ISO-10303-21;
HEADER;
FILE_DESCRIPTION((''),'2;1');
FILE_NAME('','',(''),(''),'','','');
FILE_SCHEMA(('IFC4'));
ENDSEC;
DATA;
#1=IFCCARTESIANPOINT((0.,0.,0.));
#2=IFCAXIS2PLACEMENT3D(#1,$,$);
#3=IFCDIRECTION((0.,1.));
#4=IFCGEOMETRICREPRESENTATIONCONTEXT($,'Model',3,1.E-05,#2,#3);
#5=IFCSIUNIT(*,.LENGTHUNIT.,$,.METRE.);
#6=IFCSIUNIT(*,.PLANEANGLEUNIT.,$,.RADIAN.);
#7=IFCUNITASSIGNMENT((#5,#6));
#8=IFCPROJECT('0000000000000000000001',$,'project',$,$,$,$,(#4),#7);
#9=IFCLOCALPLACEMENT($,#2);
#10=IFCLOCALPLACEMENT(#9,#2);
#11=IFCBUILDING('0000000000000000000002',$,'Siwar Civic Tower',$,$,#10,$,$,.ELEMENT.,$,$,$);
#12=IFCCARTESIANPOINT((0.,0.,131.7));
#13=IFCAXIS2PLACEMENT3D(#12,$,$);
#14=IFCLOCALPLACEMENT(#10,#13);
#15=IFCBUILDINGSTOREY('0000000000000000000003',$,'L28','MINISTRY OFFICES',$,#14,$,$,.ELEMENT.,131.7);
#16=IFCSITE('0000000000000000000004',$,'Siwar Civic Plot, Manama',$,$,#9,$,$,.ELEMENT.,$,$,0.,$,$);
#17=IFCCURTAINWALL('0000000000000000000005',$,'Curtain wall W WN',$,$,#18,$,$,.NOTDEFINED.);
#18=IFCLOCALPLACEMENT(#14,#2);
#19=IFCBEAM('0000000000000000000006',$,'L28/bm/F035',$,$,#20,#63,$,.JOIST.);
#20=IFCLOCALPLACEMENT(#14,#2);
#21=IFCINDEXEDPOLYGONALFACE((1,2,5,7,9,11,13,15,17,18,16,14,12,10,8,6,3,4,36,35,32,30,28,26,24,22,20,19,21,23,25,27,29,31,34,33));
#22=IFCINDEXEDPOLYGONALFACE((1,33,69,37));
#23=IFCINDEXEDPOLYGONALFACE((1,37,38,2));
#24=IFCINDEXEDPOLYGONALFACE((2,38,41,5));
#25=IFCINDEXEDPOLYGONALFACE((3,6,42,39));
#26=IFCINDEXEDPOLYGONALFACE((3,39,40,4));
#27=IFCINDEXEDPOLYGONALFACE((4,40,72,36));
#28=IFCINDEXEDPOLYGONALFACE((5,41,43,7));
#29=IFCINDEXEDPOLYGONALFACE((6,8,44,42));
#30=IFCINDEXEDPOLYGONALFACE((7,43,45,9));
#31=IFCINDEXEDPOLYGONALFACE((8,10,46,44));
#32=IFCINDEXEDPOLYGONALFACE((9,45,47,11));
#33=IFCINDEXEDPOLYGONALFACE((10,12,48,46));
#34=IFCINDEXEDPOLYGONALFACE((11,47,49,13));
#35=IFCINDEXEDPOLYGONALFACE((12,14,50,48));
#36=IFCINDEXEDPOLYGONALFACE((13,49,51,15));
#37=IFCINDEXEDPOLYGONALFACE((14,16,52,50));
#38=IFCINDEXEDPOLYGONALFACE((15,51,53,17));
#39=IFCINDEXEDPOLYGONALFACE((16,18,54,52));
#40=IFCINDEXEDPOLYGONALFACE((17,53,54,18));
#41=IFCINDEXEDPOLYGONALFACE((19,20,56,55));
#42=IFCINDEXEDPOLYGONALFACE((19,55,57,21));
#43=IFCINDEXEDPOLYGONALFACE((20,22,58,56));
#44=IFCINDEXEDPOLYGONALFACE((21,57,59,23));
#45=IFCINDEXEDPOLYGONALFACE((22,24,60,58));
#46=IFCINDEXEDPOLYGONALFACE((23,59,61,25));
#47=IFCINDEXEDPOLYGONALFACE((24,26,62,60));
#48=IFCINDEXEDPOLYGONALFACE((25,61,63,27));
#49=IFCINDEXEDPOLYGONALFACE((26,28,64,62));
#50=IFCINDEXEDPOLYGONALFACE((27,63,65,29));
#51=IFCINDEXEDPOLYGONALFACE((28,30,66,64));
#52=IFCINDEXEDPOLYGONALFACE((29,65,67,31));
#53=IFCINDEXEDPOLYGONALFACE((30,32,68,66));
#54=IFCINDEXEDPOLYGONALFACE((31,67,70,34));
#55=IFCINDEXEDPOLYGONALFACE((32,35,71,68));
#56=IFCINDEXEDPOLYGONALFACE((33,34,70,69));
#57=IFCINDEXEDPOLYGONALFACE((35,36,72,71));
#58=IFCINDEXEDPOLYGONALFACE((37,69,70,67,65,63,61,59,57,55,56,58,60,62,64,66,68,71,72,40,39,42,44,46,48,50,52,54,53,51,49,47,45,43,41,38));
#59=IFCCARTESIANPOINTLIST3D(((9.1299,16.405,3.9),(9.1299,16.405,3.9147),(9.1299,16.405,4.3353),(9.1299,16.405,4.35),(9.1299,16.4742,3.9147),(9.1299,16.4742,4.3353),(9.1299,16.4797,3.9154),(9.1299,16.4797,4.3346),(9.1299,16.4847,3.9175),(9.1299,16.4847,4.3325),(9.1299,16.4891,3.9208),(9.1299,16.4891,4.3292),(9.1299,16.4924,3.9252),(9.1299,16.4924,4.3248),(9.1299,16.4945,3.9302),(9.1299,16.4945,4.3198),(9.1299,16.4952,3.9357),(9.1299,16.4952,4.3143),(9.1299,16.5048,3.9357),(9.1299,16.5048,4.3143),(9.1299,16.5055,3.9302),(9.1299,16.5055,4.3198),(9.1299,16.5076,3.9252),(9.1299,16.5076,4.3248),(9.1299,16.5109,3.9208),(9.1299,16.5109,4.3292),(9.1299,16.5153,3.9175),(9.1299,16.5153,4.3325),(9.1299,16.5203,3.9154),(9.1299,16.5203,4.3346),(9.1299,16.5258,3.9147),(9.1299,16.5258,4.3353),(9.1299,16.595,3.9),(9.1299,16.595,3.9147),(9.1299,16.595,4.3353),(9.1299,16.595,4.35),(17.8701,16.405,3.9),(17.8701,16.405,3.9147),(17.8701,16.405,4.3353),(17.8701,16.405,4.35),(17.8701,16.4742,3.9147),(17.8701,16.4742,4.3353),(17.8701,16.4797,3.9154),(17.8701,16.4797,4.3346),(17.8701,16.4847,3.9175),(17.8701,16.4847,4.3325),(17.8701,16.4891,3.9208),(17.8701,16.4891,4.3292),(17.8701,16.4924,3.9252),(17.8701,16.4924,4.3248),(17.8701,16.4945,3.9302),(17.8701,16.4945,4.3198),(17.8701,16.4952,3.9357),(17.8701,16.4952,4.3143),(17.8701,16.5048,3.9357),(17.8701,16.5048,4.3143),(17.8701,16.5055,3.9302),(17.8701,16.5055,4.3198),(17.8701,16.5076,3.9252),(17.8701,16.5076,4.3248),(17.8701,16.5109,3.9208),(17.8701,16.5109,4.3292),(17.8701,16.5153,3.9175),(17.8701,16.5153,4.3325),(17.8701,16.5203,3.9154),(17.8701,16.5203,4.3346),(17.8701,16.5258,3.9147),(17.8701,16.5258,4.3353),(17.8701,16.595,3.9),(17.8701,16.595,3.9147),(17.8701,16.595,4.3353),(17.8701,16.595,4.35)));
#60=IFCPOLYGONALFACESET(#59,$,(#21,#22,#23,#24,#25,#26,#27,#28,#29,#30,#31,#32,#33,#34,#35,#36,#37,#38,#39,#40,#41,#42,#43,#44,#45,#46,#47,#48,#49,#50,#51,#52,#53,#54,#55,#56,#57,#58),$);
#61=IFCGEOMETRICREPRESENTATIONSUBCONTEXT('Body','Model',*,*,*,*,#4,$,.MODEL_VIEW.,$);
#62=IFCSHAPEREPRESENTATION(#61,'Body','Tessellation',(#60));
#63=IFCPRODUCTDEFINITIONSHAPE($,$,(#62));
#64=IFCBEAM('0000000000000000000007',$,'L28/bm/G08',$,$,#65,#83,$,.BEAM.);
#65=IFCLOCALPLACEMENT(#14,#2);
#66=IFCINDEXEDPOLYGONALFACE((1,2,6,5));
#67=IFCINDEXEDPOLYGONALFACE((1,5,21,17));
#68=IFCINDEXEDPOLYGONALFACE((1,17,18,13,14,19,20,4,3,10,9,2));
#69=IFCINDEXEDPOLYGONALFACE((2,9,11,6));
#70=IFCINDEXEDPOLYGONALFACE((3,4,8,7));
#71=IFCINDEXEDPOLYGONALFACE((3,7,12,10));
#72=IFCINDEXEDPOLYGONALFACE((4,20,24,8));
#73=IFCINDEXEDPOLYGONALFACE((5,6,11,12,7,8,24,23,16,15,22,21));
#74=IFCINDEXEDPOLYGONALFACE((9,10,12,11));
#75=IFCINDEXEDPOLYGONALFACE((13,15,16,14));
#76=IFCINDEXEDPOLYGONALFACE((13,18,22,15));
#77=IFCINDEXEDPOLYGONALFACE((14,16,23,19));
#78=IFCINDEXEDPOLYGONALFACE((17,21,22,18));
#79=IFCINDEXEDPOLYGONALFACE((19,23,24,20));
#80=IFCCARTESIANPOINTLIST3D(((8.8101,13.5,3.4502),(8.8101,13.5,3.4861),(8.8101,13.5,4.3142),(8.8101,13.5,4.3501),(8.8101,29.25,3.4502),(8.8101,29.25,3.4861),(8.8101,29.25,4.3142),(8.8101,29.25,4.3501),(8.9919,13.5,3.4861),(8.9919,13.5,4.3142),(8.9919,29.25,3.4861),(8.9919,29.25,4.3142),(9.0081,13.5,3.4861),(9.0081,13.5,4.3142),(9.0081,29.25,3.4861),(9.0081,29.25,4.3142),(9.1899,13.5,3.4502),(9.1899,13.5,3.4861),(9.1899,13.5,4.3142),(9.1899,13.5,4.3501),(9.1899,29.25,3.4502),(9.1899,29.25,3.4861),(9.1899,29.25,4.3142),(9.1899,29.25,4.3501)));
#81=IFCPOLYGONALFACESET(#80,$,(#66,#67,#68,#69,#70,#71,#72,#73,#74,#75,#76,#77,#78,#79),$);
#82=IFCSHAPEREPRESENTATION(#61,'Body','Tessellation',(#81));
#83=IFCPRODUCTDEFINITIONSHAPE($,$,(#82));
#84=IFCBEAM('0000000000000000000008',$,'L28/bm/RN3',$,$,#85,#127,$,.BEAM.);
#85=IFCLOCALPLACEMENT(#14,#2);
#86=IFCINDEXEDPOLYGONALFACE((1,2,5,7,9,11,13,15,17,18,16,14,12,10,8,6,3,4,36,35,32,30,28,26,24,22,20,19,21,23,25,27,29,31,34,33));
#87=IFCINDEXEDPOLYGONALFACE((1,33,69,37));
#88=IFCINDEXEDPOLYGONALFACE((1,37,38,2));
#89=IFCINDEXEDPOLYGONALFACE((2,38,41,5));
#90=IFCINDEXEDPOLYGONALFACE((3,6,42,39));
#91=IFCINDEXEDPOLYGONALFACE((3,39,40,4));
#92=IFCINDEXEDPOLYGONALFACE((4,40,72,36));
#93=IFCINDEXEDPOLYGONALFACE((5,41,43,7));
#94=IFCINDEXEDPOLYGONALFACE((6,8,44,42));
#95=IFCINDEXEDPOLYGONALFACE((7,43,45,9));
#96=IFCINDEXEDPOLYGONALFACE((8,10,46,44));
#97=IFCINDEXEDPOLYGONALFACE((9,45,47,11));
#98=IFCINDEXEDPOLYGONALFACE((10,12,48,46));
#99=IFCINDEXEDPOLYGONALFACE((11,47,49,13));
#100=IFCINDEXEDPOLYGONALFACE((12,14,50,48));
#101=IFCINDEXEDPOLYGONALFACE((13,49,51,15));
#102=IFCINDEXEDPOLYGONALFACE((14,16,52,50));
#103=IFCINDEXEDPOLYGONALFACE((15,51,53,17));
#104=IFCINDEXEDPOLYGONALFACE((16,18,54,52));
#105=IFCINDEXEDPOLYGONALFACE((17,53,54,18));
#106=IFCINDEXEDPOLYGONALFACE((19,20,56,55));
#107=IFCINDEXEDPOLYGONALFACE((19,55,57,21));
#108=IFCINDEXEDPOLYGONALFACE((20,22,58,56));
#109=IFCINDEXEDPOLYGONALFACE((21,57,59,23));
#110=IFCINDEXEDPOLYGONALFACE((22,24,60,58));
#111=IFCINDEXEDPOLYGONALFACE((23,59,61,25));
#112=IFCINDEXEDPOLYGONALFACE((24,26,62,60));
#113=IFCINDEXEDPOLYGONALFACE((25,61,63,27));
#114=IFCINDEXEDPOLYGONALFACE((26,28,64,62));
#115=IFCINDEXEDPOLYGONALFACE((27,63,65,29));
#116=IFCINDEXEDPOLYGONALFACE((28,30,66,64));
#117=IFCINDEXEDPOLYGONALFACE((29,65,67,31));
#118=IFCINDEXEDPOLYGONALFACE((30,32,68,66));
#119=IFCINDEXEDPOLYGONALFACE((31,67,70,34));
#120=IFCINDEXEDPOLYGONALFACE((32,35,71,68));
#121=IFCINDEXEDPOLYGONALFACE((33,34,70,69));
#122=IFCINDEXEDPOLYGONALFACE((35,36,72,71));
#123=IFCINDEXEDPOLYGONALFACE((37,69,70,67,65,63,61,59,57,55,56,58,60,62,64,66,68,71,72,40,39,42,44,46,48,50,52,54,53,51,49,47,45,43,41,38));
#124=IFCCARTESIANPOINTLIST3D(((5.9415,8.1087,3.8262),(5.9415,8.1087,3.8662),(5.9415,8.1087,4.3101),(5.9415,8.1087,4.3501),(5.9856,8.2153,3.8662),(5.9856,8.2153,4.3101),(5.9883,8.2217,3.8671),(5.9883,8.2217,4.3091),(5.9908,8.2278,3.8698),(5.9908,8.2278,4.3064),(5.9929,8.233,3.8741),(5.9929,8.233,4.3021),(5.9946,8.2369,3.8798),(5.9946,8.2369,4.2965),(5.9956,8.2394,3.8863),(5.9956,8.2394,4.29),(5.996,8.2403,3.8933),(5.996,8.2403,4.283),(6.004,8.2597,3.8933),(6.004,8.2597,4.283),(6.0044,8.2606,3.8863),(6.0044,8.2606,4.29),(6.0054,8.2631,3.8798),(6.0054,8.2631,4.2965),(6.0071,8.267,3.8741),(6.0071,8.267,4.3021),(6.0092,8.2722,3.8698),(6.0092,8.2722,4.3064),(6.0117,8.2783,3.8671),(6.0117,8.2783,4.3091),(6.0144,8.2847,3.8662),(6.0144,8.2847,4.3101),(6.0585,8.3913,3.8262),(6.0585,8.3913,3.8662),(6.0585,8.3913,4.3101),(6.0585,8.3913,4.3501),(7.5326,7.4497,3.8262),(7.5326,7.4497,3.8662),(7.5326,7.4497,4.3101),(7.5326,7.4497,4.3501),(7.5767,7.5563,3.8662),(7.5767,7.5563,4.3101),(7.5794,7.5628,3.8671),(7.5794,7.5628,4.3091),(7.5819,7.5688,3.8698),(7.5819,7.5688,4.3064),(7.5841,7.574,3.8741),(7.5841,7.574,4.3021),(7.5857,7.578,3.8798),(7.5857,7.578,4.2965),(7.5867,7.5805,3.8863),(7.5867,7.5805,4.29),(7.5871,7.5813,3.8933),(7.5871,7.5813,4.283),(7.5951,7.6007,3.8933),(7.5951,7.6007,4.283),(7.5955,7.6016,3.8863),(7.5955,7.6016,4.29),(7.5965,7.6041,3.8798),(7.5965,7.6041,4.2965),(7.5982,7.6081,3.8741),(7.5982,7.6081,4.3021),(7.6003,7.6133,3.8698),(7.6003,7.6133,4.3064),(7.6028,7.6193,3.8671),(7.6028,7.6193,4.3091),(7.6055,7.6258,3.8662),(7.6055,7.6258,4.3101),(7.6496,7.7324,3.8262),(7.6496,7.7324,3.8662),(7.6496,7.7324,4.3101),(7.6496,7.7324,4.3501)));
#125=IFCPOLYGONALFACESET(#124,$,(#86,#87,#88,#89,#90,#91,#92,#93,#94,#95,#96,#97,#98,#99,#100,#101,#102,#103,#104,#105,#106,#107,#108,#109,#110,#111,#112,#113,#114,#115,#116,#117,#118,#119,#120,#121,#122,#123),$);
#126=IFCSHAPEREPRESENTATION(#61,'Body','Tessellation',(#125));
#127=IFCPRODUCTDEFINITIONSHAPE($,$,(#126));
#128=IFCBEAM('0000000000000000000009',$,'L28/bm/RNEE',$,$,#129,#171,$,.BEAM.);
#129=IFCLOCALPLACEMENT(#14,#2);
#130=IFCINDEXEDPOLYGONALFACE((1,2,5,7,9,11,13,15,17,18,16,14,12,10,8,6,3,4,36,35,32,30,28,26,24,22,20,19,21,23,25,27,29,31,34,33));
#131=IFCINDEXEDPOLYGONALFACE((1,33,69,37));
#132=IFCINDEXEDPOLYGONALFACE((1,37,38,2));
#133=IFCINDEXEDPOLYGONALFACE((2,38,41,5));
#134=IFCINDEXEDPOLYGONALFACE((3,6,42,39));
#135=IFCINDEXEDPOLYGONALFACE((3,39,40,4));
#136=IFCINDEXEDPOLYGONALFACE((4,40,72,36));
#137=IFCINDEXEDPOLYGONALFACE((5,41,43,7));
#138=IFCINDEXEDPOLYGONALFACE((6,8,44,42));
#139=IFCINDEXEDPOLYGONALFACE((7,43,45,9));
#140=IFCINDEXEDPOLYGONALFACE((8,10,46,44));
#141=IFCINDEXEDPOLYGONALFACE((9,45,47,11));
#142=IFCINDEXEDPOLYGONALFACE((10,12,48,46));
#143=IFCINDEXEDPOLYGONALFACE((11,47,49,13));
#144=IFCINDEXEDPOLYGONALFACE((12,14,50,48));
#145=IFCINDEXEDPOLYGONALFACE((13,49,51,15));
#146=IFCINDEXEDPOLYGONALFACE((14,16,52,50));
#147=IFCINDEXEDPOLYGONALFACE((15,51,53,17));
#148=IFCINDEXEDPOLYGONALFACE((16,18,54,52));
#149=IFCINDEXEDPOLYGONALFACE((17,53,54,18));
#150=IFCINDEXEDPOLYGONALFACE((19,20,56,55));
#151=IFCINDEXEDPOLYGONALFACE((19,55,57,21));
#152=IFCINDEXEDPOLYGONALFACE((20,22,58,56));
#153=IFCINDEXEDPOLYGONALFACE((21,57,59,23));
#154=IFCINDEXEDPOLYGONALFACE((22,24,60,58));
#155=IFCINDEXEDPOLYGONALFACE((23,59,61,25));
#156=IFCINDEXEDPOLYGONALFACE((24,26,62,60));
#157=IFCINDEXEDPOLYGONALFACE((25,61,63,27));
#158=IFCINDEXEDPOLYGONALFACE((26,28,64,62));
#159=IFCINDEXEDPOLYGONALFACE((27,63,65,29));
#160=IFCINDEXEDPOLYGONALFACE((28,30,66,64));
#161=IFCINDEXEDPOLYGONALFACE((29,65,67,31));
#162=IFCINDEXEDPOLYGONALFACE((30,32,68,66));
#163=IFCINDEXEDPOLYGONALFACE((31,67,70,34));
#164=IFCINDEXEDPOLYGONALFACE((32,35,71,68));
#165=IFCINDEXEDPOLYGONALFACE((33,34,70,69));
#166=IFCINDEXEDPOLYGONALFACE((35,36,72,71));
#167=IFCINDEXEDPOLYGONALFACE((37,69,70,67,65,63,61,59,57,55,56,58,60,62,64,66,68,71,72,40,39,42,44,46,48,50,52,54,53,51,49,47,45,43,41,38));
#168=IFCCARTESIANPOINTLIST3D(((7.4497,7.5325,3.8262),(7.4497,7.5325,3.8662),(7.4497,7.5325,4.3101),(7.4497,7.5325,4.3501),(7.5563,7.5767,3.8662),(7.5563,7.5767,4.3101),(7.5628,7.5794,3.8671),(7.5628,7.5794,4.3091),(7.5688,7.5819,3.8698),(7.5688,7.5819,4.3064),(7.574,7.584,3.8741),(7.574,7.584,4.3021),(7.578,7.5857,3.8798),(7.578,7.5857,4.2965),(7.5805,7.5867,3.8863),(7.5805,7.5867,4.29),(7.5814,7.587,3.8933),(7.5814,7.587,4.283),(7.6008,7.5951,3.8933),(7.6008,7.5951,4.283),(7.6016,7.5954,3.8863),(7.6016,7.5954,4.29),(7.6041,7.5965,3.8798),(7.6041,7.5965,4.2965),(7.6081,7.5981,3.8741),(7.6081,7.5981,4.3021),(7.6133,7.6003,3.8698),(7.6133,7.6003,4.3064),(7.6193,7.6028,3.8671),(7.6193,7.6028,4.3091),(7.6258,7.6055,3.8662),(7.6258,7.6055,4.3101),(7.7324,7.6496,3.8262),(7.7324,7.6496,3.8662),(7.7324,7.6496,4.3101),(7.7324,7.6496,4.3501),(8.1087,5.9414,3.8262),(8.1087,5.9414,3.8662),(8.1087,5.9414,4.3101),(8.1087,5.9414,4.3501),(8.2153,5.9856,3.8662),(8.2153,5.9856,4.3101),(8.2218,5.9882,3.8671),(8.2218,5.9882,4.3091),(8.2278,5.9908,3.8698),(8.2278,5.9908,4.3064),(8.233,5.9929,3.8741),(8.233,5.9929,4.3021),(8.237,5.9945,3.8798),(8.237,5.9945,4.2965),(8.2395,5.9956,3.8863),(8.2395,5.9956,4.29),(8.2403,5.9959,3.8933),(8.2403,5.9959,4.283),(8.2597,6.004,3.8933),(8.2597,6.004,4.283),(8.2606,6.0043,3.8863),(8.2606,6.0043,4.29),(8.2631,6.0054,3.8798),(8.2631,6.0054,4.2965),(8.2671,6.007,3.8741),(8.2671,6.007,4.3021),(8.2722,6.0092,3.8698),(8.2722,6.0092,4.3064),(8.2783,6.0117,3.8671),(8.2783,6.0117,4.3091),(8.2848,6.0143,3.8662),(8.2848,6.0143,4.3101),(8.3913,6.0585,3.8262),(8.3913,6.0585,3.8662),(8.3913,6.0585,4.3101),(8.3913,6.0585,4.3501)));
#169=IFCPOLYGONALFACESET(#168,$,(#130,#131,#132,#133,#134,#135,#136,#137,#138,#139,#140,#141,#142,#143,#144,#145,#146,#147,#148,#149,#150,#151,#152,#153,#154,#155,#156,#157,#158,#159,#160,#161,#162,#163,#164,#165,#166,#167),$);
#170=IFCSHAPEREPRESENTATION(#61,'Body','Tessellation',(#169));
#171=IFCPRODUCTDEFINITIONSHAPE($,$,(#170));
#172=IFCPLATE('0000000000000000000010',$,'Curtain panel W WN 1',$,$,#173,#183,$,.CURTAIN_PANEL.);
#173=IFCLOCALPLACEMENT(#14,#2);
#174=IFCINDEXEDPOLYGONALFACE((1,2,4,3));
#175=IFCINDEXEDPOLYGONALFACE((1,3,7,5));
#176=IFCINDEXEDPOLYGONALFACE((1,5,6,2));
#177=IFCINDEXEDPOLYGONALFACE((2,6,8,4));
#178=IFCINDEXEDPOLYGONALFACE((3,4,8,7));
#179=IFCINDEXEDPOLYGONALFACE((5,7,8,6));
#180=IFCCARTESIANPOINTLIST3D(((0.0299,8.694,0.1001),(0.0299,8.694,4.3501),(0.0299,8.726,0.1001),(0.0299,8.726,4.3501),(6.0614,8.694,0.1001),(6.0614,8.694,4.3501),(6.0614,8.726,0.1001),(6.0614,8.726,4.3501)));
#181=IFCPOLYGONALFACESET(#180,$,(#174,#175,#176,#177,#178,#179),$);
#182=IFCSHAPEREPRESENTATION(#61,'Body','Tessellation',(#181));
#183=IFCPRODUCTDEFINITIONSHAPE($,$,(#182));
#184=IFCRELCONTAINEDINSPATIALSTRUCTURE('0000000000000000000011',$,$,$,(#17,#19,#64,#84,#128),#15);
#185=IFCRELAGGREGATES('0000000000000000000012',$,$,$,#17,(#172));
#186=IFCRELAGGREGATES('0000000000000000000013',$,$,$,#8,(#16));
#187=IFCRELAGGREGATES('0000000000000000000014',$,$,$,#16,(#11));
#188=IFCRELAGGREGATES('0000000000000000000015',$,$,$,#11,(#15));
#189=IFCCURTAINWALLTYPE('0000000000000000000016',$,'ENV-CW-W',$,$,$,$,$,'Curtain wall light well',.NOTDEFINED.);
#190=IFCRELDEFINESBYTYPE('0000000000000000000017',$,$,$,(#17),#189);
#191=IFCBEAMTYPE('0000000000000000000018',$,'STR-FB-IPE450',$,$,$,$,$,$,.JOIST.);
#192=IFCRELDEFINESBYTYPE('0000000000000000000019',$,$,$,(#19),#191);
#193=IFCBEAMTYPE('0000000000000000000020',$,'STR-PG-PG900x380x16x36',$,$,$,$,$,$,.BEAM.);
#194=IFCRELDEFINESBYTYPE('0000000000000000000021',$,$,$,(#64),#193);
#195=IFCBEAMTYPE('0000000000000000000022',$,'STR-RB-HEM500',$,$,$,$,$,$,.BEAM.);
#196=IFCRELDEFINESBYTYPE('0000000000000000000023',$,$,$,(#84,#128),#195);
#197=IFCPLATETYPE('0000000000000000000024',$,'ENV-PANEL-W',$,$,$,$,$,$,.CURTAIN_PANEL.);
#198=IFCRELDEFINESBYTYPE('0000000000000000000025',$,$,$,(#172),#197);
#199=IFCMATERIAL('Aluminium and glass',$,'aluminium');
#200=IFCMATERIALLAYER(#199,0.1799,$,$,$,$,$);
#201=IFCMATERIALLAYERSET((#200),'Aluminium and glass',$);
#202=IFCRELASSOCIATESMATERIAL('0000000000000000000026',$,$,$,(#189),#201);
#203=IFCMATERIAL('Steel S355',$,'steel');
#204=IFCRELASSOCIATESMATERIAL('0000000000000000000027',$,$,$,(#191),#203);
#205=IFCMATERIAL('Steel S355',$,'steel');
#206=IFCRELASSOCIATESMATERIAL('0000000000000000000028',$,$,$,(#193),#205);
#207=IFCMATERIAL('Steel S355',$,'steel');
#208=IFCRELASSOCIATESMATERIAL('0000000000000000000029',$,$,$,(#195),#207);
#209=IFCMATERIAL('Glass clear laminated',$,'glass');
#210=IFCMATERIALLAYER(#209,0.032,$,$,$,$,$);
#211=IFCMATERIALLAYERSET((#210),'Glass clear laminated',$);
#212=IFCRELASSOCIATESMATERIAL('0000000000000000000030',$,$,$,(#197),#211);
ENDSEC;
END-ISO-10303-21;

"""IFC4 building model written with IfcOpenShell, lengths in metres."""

from ifc_helpers import new_model, si_unit, direction, frame, origin, origin_2d, place, context, subcontext, project, spatial, rectangle, i_section, extrude, material, layer, layer_set, material_profile, profile_set, type_object, element, aggregate, save


model = new_model("IFC4")

# Units and contexts
model_context = context("Model", 3, precision=1e-05, world=origin(), true_north=direction((0.0, 1.0)))
body_context = subcontext(model_context, "Body", "Model", "MODEL_VIEW")
ifc_project = project(units=[si_unit("LENGTHUNIT", "METRE"), si_unit("PLANEANGLEUNIT", "RADIAN")], contexts=[model_context])

# Site, building, storey
site_placement = place(None, origin())
site = spatial("IfcSite", under=ifc_project, at=site_placement, Name="Siwar Civic Plot, Manama", CompositionType="ELEMENT", RefElevation=0.0)
building_placement = place(site_placement, origin())
building = spatial("IfcBuilding", under=site, at=building_placement, Name="Siwar Civic Tower", CompositionType="ELEMENT")
storey_placement = place(building_placement, frame((0.0, 0.0, 131.7)))
storey = spatial("IfcBuildingStorey", under=building, at=storey_placement, Name="L28", Description="MINISTRY OFFICES", CompositionType="ELEMENT", Elevation=131.7)

# Curtain wall
ifc_material_1 = material(Name="Aluminium and glass", Category="aluminium")
ifc_layer_1 = layer(ifc_material_1, 0.1799)
ifc_layer_set_1 = layer_set([ifc_layer_1], Name="Aluminium and glass")
curtain_wall_type = type_object("IfcCurtainWallType", Name="ENV-CW-W", ElementType="Curtain wall light well", PredefinedType="NOTDEFINED", material=ifc_layer_set_1)
curtain_wall_placement = place(storey_placement, origin())
curtain_wall = element("IfcCurtainWall", 1, at=curtain_wall_placement, inside=storey, type_object=curtain_wall_type, Name="Curtain wall W WN", PredefinedType="NOTDEFINED")

# Beams
ifc_material_2 = material(Name="Steel S355", Category="steel")
ifc_material_profile_1 = material_profile(ifc_material_2, i_section(OverallWidth=0.1899, OverallDepth=0.45, WebThickness=0.0095, FlangeThickness=0.0146, FilletRadius=0.021, at=origin_2d()), Name="IPE450")
ifc_profile_set_1 = profile_set([ifc_material_profile_1], Name="Steel S355")
beam_type_1 = type_object("IfcBeamType", Name="STR-FB-IPE450", PredefinedType="JOIST", material=ifc_profile_set_1)
for number, where, z_axis, x_axis, name in (
    (2, (9.1299, 16.5, 4.125), (1.0, 0.0, 0.0), (0.0, 1.0, 0.0), "L28/bm/F035"),
):
    element("IfcBeam", number, at=place(storey_placement, frame(where, z_axis=z_axis, x_axis=x_axis)), inside=storey, type_object=beam_type_1, Name=name, PredefinedType="JOIST", context=body_context, shape_type="SweptSolid", body=[
        extrude(i_section(OverallWidth=0.1899, OverallDepth=0.45, WebThickness=0.0095, FlangeThickness=0.0146, FilletRadius=0.021, at=origin_2d()), origin(), (0.0, 0.0, 1.0), 8.7402),
    ])
ifc_material_3 = material(Name="Steel S355", Category="steel")
ifc_material_profile_2 = material_profile(ifc_material_3, i_section(OverallWidth=0.3799, OverallDepth=0.8999, WebThickness=0.0161, FlangeThickness=0.0359, at=origin_2d()), Name="PG900x380x16x36")
ifc_profile_set_2 = profile_set([ifc_material_profile_2], Name="Steel S355")
beam_type_2 = type_object("IfcBeamType", Name="STR-PG-PG900x380x16x36", PredefinedType="BEAM", material=ifc_profile_set_2)
beam_1_placement = place(storey_placement, frame((9.0, 13.5, 3.9001), z_axis=(0.0, 1.0, 0.0), x_axis=(-1.0, 0.0, 0.0)))
element("IfcBeam", 3, at=beam_1_placement, inside=storey, type_object=beam_type_2, Name="L28/bm/G08", PredefinedType="BEAM", context=body_context, shape_type="SweptSolid", body=[
    extrude(i_section(OverallWidth=0.3799, OverallDepth=0.8999, WebThickness=0.0161, FlangeThickness=0.0359, at=origin_2d()), origin(), (0.0, 0.0, 1.0), 15.75),
])
ifc_material_4 = material(Name="Steel S355", Category="steel")
ifc_material_profile_3 = material_profile(ifc_material_4, i_section(OverallWidth=0.3059, OverallDepth=0.5239, WebThickness=0.021, FlangeThickness=0.04, FilletRadius=0.0271, at=origin_2d()), Name="HEM500")
ifc_profile_set_3 = profile_set([ifc_material_profile_3], Name="Steel S355")
beam_type_3 = type_object("IfcBeamType", Name="STR-RB-HEM500", PredefinedType="BEAM", material=ifc_profile_set_3)
for number, where, z_axis, x_axis, name in (
    (4, (6.0, 8.25, 4.0881), (0.923901, -0.382631, 0.0), (0.382631, 0.923901, 0.0), "L28/bm/RN3"),
    (5, (7.5911, 7.5911, 4.0881), (0.382631, -0.923901, 0.0), (0.923901, 0.382631, 0.0), "L28/bm/RNEE"),
):
    element("IfcBeam", number, at=place(storey_placement, frame(where, z_axis=z_axis, x_axis=x_axis)), inside=storey, type_object=beam_type_3, Name=name, PredefinedType="BEAM", context=body_context, shape_type="SweptSolid", body=[
        extrude(i_section(OverallWidth=0.3059, OverallDepth=0.5239, WebThickness=0.021, FlangeThickness=0.04, FilletRadius=0.0271, at=origin_2d()), origin(), (0.0, 0.0, 1.0), 1.7222),
    ])

# Plate
ifc_material_5 = material(Name="Glass clear laminated", Category="glass")
ifc_layer_2 = layer(ifc_material_5, 0.032)
ifc_layer_set_2 = layer_set([ifc_layer_2], Name="Glass clear laminated")
plate_type = type_object("IfcPlateType", Name="ENV-PANEL-W", PredefinedType="CURTAIN_PANEL", material=ifc_layer_set_2)
plate_placement = place(storey_placement, frame((3.0457, 8.71, 0.1001), z_axis=(0.0, 0.0, 1.0), x_axis=(-1.0, 0.0, 0.0)))
plate = element("IfcPlate", 6, at=plate_placement, type_object=plate_type, Name="Curtain panel W WN 1", PredefinedType="CURTAIN_PANEL", context=body_context, shape_type="SweptSolid", body=[
    extrude(rectangle(XDim=6.0315, YDim=0.032, at=origin_2d()), origin(), (0.0, 0.0, 1.0), 4.25),
])
aggregate(curtain_wall, [plate])

save(model, "model.ifc")
